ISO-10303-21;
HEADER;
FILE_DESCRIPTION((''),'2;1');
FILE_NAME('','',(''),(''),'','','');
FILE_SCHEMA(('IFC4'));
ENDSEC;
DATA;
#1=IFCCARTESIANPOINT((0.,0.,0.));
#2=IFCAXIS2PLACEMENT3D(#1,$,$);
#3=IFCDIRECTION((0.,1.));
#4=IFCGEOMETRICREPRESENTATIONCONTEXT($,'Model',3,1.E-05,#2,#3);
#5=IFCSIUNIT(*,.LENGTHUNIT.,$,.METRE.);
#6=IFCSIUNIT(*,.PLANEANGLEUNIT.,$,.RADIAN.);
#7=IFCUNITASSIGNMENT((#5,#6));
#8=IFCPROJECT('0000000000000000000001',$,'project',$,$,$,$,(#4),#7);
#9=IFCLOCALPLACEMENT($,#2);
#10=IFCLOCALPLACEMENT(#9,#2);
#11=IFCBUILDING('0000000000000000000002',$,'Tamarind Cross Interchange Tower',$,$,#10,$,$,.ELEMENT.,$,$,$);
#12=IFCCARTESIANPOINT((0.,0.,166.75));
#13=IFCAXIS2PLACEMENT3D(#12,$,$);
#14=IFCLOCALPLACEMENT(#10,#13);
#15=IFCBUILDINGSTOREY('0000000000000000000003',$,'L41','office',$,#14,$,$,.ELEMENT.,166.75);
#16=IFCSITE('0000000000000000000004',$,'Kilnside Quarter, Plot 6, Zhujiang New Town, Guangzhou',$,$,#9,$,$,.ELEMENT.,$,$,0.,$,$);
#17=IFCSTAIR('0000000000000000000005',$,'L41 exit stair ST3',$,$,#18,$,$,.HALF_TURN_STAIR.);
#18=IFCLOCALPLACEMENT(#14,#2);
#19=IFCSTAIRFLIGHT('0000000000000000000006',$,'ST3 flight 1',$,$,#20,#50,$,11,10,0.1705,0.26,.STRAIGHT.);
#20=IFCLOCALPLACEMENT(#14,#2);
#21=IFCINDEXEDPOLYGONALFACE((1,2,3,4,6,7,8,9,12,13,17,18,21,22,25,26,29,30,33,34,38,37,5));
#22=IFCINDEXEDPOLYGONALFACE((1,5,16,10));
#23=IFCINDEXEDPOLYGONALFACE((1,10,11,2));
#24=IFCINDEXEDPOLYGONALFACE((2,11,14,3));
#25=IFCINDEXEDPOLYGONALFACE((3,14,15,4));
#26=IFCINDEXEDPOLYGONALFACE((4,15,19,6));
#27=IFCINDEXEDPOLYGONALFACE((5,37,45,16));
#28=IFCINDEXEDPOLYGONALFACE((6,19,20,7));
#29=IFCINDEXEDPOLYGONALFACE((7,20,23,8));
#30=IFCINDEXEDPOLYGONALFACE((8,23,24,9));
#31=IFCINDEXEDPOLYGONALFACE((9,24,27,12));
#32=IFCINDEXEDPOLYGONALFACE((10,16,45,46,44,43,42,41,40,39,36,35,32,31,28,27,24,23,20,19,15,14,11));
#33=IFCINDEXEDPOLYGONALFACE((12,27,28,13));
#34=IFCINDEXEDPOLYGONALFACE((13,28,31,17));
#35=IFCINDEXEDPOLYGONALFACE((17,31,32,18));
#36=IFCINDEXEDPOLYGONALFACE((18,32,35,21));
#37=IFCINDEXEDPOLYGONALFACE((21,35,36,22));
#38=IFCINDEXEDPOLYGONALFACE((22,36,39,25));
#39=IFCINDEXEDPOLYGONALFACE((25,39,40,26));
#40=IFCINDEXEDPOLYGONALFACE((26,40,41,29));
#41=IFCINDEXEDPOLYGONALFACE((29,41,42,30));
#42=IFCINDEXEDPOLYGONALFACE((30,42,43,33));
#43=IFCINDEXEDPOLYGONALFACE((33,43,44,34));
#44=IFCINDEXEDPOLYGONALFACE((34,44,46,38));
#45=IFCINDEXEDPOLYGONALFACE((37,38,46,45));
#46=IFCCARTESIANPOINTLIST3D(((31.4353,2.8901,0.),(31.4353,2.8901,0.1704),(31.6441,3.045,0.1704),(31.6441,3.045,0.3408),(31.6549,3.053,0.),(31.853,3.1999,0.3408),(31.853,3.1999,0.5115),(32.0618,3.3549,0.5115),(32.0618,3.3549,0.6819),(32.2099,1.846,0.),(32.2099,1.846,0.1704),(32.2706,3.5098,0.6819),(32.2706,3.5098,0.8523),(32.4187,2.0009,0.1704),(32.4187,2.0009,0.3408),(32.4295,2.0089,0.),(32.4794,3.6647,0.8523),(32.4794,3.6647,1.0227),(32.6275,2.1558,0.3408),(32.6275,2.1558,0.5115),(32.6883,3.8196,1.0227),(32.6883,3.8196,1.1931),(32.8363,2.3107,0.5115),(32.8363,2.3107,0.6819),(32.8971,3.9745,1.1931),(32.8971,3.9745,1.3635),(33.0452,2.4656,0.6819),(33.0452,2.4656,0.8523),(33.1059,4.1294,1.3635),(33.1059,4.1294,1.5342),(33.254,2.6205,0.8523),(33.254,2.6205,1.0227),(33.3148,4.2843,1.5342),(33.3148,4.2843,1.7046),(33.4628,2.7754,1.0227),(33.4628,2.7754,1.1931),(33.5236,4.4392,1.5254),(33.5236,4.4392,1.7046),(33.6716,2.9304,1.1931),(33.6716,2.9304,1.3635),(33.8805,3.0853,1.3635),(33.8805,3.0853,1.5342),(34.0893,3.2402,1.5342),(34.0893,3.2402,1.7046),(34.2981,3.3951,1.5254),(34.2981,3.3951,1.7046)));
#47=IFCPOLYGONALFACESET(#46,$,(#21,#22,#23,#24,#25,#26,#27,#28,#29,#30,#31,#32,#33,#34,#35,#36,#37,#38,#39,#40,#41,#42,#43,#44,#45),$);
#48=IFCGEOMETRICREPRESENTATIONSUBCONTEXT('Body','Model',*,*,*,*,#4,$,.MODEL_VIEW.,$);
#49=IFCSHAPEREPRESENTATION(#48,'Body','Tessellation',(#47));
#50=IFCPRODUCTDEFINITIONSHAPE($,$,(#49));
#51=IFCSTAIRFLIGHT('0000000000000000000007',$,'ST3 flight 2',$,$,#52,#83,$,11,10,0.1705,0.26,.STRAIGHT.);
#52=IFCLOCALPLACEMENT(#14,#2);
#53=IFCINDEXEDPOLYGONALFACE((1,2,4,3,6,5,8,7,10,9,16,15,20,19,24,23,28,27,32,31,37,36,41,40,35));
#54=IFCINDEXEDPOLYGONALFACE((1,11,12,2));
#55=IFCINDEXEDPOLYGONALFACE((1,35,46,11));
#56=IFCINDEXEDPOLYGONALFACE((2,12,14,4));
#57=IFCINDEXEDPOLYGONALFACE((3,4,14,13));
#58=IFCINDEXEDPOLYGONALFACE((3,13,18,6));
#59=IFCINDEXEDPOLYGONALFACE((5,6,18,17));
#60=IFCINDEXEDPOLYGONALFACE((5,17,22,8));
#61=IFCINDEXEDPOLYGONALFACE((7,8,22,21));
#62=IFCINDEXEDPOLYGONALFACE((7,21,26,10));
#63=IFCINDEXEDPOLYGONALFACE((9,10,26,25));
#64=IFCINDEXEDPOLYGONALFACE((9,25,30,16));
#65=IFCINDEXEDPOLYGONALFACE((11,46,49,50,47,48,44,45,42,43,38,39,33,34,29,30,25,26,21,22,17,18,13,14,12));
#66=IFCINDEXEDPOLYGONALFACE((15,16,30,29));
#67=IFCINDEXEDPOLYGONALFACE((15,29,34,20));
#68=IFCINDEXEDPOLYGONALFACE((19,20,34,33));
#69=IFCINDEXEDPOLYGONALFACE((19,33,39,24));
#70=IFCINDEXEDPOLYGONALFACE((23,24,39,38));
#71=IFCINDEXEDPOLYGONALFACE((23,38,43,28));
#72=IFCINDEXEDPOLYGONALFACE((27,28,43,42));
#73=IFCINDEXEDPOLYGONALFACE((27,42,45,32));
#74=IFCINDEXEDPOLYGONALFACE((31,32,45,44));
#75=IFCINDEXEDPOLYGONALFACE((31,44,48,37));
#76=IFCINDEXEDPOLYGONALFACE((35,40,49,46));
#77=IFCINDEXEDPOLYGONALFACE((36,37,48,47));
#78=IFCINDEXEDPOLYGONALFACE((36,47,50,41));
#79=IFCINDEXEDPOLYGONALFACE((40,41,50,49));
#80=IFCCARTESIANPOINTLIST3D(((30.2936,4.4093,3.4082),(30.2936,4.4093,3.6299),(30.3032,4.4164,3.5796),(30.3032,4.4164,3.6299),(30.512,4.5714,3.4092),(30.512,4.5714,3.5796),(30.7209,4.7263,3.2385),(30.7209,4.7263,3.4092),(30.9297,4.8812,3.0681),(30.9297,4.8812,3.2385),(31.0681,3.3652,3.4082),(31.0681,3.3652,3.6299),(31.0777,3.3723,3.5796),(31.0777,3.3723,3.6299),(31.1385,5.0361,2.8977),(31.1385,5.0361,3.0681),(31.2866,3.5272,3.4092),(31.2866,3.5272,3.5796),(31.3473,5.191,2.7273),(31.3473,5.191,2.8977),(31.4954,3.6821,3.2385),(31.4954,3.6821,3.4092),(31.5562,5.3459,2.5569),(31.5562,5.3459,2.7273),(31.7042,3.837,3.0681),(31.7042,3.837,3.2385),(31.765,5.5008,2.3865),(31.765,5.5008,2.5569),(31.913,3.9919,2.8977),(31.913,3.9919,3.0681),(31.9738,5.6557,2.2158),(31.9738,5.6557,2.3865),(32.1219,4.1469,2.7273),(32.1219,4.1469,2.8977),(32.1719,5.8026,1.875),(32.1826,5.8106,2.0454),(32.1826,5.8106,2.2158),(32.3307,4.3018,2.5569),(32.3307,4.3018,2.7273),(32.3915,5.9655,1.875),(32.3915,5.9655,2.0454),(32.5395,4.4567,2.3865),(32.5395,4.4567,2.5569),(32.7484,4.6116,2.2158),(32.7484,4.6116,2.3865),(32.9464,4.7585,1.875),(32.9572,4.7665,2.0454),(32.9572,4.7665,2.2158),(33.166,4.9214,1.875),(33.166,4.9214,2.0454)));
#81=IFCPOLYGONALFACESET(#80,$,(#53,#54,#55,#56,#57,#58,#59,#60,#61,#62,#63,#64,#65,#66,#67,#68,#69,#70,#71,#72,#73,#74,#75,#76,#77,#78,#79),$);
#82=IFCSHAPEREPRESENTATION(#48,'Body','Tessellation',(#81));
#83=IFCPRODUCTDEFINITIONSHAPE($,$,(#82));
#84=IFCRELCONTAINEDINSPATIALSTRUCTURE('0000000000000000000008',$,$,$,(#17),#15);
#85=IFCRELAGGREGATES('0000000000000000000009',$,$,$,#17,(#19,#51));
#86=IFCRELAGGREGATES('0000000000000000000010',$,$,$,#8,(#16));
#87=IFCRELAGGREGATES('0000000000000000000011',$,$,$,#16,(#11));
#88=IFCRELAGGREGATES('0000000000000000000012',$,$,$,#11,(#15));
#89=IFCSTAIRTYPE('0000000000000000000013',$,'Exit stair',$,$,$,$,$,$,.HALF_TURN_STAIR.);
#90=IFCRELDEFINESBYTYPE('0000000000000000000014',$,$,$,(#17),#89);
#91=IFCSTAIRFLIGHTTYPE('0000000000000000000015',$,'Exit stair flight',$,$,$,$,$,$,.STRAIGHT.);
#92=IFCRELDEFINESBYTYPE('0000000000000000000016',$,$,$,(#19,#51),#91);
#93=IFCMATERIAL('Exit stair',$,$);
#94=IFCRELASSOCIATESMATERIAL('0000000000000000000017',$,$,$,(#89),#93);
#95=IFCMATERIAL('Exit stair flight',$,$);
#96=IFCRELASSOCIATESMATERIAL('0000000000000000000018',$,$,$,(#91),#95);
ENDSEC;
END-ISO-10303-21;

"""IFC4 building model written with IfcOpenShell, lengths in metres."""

from ifc_helpers import new_model, si_unit, direction, frame, origin, place, context, subcontext, project, spatial, polyline, outline, extrude, material, type_object, element, aggregate, save


model = new_model("IFC4")

# Units and contexts
model_context = context("Model", 3, precision=1e-05, world=origin(), true_north=direction((0.0, 1.0)))
body_context = subcontext(model_context, "Body", "Model", "MODEL_VIEW")
ifc_project = project(units=[si_unit("LENGTHUNIT", "METRE"), si_unit("PLANEANGLEUNIT", "RADIAN")], contexts=[model_context])

# Site, building, storey
site_placement = place(None, origin())
site = spatial("IfcSite", under=ifc_project, at=site_placement, Name="Kilnside Quarter, Plot 6, Zhujiang New Town, Guangzhou", CompositionType="ELEMENT", RefElevation=0.0)
building_placement = place(site_placement, origin())
building = spatial("IfcBuilding", under=site, at=building_placement, Name="Tamarind Cross Interchange Tower", CompositionType="ELEMENT")
storey_placement = place(building_placement, frame((0.0, 0.0, 166.75)))
storey = spatial("IfcBuildingStorey", under=building, at=storey_placement, Name="L41", Description="office", CompositionType="ELEMENT", Elevation=166.75)

# Stair, stair flights
ifc_material_1 = material(Name="Exit stair")
stair_type = type_object("IfcStairType", Name="Exit stair", PredefinedType="HALF_TURN_STAIR", material=ifc_material_1)
stair_placement = place(storey_placement, origin())
stair = element("IfcStair", 1, at=stair_placement, inside=storey, type_object=stair_type, Name="L41 exit stair ST3", PredefinedType="HALF_TURN_STAIR")
ifc_material_2 = material(Name="Exit stair flight")
stair_flight_type = type_object("IfcStairFlightType", Name="Exit stair flight", PredefinedType="STRAIGHT", material=ifc_material_2)
stair_flight_1_placement = place(storey_placement, frame((31.8225, 2.3682, 0.0), z_axis=(0.0, 0.0, 1.0), x_axis=(0.80315, 0.595776, 0.0)))
stair_flight_1 = element("IfcStairFlight", 2, at=stair_flight_1_placement, type_object=stair_flight_type, Name="ST3 flight 1", NumberOfRisers=11, NumberOfTreads=10, PredefinedType="STRAIGHT", RiserHeight=0.1705, TreadLength=0.26, context=body_context, shape_type="SweptSolid", body=[
    extrude(outline(polyline([(0.0, 0.0), (0.0, 0.1704), (0.26, 0.1704), (0.26, 0.3408), (0.52, 0.3408), (0.52, 0.5115), (0.78, 0.5115), (0.78, 0.6819), (1.04, 0.6819), (1.04, 0.8523), (1.3, 0.8523), (1.3, 1.0227), (1.5601, 1.0227), (1.5601, 1.1931), (1.8201, 1.1931), (1.8201, 1.3635), (2.0801, 1.3635), (2.0801, 1.5342), (2.3401, 1.5342), (2.3401, 1.7046), (2.6001, 1.7046), (2.6001, 1.875), (2.6001, 1.5254), (0.2734, 0.0), (0.0, 0.0)])), frame((0.0, 0.6499, 0.0), z_axis=(0.0, -1.0, 0.0), x_axis=(1.0, 0.0, 0.0)), (0.0, 0.0, 1.0), 1.3),
])
stair_flight_2_placement = place(storey_placement, frame((32.7788, 5.4434, 1.875), z_axis=(0.0, 0.0, 1.0), x_axis=(-0.80315, -0.595776, 0.0)))
stair_flight_2 = element("IfcStairFlight", 3, at=stair_flight_2_placement, type_object=stair_flight_type, Name="ST3 flight 2", NumberOfRisers=11, NumberOfTreads=10, PredefinedType="STRAIGHT", RiserHeight=0.1705, TreadLength=0.26, context=body_context, shape_type="SweptSolid", body=[
    extrude(outline(polyline([(0.0, 0.0), (0.0, 0.1704), (0.26, 0.1704), (0.26, 0.3408), (0.52, 0.3408), (0.52, 0.5115), (0.78, 0.5115), (0.78, 0.6819), (1.04, 0.6819), (1.04, 0.8523), (1.3, 0.8523), (1.3, 1.0227), (1.5601, 1.0227), (1.5601, 1.1931), (1.8201, 1.1931), (1.8201, 1.3635), (2.0801, 1.3635), (2.0801, 1.5342), (2.3401, 1.5342), (2.3401, 1.7046), (2.6001, 1.7046), (2.6001, 1.7549), (2.6121, 1.7549), (2.6121, 1.5332), (0.2734, 0.0), (0.0, 0.0)])), frame((0.0, 0.6499, 0.0), z_axis=(0.0, -1.0, 0.0), x_axis=(1.0, 0.0, 0.0)), (0.0, 0.0, 1.0), 1.3),
])
aggregate(stair, [stair_flight_1, stair_flight_2])

save(model, "model.ifc")
